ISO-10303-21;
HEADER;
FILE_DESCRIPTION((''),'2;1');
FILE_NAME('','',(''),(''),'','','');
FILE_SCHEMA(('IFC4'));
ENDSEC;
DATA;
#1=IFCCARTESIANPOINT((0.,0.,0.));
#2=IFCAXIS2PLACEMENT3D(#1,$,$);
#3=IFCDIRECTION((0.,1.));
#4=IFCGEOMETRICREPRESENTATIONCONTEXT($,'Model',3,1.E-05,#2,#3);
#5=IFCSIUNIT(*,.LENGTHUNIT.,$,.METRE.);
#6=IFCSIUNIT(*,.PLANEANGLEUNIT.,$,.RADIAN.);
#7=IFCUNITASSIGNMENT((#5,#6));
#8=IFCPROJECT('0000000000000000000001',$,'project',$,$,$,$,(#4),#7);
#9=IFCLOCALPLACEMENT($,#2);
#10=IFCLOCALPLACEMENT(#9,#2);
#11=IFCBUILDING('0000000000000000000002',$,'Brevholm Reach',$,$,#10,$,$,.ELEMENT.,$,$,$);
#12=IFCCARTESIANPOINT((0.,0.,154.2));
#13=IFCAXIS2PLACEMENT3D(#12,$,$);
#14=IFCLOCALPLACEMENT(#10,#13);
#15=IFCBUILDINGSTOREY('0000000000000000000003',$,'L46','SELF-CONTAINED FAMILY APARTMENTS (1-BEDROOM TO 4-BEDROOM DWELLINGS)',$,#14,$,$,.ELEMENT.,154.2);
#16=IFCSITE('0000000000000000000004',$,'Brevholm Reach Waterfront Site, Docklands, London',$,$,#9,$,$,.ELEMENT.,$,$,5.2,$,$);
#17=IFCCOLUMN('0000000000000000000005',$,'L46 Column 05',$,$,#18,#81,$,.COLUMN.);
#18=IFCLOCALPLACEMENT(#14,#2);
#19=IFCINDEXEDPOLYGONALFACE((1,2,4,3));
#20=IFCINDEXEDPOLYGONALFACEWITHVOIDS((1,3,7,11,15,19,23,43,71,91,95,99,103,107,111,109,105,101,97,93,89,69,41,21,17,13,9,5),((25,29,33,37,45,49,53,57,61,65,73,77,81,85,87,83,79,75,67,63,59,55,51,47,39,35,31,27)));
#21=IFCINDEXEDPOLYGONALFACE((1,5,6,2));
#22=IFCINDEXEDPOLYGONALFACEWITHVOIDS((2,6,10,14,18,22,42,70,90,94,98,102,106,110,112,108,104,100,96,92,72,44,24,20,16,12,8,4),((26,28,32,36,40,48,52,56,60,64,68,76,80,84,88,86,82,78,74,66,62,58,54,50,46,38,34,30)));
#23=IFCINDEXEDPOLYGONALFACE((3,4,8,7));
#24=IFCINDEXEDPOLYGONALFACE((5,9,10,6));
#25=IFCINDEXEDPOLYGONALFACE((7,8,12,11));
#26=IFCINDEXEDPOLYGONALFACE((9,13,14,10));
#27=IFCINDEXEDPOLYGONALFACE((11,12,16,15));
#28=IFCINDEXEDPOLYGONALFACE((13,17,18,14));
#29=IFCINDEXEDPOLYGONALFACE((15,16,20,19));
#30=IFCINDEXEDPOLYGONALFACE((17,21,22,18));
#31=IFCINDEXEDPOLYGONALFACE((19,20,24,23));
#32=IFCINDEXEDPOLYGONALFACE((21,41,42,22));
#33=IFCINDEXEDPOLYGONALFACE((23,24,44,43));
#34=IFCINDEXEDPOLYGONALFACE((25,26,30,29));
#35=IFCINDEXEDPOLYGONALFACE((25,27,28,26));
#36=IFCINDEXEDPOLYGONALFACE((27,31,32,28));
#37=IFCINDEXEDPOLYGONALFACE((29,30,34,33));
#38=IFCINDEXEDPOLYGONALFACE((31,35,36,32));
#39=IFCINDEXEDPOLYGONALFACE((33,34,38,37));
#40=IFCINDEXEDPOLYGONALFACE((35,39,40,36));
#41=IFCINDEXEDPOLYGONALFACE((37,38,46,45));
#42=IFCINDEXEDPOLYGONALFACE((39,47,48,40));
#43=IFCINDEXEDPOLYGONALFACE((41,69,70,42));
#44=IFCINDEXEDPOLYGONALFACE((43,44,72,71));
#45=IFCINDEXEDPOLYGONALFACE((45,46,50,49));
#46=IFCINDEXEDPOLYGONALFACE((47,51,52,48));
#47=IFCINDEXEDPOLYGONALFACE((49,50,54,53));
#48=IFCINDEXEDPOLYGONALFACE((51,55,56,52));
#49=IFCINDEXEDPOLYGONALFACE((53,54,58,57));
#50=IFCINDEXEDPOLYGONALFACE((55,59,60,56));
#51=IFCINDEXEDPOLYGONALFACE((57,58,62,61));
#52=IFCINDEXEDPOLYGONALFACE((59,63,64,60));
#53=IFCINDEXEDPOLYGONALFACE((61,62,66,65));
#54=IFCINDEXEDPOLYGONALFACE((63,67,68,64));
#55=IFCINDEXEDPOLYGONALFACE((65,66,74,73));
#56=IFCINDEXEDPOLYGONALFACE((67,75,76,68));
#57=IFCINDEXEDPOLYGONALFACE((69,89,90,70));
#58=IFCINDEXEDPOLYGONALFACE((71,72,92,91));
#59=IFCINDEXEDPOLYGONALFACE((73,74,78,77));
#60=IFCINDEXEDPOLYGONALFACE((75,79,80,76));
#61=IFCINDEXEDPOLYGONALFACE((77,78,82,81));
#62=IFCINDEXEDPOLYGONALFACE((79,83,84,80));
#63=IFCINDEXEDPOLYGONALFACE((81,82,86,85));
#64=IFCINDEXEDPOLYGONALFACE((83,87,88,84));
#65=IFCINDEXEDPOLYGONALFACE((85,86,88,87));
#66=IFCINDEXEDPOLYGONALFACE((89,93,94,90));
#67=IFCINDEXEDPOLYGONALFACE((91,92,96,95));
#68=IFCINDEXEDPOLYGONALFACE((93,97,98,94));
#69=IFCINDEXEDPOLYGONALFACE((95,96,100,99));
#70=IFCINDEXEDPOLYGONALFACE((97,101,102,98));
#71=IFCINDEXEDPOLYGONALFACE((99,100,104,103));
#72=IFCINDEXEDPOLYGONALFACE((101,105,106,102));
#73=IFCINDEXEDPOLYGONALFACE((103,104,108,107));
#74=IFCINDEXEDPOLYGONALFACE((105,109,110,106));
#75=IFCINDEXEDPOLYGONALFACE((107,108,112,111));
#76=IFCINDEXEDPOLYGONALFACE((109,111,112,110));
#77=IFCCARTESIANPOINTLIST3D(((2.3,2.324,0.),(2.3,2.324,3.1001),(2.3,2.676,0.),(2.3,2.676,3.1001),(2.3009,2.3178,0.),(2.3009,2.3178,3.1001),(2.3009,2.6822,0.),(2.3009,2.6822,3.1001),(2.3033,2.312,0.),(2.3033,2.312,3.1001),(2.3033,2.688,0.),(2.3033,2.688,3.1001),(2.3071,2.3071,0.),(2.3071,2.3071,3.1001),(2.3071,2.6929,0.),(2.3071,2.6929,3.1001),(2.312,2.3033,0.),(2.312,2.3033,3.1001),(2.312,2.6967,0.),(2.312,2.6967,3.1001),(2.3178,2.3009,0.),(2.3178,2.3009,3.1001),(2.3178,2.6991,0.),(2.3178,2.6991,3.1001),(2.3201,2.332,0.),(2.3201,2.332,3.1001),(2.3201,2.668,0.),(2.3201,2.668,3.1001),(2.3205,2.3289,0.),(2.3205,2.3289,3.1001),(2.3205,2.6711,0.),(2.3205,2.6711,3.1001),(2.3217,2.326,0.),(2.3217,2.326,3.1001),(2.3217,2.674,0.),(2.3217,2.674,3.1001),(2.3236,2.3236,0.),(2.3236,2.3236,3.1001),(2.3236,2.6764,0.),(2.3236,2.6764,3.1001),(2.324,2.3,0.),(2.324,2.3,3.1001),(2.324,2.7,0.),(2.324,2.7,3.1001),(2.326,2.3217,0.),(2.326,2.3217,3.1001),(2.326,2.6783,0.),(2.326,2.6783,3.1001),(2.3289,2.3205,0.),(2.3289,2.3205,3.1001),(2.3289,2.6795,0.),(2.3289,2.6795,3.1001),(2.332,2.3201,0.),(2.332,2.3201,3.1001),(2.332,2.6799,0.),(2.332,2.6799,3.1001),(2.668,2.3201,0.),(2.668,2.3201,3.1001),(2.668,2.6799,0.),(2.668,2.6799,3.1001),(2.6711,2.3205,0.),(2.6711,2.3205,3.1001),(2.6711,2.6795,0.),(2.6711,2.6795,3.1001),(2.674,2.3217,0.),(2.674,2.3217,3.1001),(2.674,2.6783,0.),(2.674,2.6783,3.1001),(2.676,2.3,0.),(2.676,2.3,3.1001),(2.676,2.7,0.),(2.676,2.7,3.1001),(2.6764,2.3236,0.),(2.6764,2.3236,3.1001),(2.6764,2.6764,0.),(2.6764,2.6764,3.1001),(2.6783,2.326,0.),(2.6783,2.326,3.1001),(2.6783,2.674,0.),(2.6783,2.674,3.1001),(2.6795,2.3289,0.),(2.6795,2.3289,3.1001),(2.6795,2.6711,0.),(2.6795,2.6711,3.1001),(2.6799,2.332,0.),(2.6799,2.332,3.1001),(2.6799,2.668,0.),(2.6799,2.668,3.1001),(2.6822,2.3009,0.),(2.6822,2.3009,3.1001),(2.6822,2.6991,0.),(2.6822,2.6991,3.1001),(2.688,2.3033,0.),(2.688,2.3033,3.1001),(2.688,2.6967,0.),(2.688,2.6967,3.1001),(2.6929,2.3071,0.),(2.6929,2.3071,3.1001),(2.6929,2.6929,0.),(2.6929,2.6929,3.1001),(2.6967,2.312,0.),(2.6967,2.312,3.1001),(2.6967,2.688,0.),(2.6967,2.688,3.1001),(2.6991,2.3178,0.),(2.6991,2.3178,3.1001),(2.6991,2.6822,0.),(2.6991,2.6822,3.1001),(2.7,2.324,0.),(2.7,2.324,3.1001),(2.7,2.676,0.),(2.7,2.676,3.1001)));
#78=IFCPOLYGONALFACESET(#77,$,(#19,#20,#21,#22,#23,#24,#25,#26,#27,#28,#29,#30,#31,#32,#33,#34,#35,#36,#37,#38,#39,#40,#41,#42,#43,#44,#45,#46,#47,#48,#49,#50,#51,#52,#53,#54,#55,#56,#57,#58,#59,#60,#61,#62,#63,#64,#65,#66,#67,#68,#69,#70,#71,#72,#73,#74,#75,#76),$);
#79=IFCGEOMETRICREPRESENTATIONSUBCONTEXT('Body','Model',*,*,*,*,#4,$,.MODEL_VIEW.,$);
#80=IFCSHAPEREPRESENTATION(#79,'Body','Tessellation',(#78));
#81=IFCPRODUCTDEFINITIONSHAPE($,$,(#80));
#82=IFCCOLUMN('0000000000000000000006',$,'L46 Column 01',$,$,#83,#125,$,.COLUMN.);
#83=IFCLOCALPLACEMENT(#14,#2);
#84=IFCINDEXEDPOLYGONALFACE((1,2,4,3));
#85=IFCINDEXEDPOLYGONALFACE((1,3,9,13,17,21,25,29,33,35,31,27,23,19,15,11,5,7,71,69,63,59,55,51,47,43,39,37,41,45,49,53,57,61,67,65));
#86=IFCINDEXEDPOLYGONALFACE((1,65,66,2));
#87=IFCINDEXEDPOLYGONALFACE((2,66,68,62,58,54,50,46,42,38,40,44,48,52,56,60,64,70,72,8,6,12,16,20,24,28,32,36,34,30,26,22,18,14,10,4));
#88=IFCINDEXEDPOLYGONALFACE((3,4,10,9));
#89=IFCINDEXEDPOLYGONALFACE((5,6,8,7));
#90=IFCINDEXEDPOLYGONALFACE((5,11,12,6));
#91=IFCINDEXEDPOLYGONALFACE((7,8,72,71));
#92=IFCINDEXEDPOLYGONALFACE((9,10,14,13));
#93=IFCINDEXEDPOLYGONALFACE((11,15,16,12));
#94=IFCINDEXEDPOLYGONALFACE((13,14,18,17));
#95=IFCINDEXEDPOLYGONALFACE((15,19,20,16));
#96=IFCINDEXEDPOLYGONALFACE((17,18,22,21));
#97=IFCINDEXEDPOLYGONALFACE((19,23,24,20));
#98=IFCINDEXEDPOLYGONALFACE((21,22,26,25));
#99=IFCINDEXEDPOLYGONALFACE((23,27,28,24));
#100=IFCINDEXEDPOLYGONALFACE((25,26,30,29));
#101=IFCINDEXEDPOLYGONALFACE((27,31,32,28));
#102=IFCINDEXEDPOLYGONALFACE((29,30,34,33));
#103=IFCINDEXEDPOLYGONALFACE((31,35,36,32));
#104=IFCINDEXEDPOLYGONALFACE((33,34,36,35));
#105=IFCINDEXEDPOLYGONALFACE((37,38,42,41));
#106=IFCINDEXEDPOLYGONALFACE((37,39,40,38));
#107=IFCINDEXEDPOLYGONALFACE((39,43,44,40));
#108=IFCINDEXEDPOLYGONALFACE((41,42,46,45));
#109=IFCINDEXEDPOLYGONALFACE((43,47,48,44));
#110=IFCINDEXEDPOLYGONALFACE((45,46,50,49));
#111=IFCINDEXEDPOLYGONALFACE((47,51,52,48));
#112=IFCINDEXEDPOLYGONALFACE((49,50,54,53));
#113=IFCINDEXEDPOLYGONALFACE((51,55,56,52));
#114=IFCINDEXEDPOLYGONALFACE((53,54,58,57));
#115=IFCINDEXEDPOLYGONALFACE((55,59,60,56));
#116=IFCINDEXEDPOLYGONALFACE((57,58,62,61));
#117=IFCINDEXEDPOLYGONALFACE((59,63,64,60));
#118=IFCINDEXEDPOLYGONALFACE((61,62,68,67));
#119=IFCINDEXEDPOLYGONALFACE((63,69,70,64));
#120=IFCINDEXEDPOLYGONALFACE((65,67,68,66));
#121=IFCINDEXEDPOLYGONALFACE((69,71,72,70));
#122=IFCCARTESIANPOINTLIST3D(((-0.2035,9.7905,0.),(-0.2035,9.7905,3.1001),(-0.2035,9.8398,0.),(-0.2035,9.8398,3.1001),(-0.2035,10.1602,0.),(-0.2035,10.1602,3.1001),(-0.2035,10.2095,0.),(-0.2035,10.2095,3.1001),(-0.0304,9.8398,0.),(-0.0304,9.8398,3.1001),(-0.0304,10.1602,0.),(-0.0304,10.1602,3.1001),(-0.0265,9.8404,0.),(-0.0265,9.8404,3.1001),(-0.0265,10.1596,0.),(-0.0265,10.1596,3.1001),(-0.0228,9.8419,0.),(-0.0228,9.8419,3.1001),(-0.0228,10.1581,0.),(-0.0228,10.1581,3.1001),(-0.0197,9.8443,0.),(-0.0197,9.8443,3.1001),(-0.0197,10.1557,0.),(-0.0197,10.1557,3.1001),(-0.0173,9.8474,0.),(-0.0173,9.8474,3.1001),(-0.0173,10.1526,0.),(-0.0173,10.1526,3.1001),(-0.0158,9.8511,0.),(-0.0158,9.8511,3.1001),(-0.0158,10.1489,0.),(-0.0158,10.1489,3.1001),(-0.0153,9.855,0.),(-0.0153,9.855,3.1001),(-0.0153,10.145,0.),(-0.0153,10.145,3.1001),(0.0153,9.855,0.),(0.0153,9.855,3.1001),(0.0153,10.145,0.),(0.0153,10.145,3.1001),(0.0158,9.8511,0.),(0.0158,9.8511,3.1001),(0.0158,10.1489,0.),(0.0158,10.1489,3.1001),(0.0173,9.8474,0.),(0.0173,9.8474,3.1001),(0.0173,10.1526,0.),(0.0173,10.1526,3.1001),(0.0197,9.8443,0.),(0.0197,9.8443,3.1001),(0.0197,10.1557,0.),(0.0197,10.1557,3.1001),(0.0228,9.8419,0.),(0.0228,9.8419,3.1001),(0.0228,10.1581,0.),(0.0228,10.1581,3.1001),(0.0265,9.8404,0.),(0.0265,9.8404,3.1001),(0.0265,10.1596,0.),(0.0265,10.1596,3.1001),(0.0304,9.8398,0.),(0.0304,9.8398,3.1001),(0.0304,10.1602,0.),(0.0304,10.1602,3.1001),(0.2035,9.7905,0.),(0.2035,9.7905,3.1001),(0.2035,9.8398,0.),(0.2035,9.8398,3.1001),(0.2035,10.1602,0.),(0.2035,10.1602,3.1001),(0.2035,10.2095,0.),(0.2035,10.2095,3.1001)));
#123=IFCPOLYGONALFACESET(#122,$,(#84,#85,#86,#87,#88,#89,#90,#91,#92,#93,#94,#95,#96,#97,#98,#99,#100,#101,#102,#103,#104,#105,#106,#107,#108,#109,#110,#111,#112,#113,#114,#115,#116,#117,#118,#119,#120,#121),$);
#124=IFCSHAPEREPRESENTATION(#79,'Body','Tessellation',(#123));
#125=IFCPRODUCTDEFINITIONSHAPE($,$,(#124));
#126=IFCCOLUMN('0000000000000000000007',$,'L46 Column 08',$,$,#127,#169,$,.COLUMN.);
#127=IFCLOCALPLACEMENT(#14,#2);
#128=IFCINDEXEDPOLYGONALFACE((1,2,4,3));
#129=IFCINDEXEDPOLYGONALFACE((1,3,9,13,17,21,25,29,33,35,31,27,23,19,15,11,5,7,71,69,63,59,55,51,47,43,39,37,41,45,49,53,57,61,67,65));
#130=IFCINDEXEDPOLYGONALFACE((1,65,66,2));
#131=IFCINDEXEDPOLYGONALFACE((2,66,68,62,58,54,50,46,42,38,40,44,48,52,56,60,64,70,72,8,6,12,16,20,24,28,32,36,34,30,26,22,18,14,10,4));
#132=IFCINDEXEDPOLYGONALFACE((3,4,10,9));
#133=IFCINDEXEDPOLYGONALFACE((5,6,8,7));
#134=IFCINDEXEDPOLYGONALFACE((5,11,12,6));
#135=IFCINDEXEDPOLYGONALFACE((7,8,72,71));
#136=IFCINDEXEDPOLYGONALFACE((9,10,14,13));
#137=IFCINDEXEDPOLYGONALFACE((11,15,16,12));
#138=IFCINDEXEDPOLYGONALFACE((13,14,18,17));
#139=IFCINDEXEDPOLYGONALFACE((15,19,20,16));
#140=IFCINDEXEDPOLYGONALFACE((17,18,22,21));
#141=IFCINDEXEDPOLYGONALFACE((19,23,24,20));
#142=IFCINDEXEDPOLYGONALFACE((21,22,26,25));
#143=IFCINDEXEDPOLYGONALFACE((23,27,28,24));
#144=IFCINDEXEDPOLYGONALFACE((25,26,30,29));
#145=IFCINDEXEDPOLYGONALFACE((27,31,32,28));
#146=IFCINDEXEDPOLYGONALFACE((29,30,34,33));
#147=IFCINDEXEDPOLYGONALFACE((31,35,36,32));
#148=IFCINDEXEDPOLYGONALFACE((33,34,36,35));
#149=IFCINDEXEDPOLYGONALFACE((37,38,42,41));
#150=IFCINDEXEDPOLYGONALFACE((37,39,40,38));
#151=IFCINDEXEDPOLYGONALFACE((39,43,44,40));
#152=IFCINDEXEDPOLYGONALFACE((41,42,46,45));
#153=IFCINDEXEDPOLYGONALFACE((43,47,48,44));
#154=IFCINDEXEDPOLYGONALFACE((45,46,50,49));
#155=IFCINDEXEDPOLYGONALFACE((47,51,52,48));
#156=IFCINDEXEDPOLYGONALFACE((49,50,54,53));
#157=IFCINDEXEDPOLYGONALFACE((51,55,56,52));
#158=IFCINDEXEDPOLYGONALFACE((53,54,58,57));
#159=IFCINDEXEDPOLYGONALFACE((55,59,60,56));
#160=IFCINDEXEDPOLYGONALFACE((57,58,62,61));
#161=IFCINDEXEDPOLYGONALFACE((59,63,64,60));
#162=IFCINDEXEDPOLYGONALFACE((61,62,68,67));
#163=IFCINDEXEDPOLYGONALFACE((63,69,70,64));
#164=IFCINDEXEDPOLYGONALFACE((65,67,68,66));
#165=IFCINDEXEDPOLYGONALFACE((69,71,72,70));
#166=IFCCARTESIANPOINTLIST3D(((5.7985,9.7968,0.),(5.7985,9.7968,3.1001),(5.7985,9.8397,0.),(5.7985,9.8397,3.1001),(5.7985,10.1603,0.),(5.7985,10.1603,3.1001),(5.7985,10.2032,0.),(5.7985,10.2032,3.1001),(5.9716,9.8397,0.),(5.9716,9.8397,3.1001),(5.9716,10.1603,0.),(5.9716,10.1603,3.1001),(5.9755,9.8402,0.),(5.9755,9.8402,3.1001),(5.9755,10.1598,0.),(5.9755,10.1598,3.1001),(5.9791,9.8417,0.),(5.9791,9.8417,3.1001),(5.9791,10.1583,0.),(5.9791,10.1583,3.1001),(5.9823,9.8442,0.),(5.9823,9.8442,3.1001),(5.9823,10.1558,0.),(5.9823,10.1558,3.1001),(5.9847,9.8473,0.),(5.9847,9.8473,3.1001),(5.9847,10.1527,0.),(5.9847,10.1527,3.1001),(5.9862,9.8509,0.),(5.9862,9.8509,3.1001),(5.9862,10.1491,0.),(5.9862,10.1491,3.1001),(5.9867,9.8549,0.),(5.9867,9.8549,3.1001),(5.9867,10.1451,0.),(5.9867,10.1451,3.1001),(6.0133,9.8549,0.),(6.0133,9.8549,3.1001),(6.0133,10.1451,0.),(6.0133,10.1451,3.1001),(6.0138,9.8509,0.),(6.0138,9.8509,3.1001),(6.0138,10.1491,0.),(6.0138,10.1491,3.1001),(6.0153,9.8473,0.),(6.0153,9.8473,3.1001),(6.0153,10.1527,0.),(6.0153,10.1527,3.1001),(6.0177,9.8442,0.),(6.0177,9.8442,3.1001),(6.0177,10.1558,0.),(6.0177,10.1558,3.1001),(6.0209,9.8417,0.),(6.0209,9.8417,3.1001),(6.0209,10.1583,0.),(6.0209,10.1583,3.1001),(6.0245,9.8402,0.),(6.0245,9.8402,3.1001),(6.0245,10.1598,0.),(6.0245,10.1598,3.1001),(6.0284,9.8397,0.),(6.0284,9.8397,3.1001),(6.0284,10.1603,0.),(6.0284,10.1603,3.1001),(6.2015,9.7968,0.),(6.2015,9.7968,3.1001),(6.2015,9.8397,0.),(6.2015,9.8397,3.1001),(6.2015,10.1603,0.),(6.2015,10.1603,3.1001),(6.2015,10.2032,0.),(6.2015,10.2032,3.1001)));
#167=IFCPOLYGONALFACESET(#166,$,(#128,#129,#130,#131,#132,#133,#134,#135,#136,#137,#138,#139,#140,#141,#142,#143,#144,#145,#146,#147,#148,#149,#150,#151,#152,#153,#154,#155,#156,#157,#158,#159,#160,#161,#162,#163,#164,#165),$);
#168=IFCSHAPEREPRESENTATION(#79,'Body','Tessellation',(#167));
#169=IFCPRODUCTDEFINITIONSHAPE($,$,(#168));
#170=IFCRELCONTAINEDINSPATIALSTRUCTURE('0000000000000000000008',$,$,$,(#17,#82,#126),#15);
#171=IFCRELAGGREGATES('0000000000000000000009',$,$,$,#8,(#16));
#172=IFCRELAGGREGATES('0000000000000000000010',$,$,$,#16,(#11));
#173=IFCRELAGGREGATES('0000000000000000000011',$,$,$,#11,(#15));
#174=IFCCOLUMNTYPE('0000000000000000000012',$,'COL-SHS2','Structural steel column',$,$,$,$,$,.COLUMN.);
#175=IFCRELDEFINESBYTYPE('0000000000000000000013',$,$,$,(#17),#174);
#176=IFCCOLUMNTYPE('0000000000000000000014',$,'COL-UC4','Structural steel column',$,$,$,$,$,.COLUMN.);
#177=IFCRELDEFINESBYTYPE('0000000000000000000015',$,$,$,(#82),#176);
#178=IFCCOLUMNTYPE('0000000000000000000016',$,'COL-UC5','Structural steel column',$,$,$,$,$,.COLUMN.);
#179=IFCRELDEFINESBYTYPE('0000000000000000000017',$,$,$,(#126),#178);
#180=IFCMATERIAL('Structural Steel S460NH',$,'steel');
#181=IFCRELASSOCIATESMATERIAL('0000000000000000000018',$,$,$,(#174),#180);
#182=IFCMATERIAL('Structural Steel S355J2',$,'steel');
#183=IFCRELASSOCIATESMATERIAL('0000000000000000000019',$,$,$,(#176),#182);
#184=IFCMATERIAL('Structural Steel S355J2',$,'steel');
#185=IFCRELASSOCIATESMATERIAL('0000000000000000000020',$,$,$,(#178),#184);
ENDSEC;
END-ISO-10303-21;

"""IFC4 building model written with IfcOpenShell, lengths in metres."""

from ifc_helpers import new_model, si_unit, direction, frame, origin, origin_2d, place, context, subcontext, project, spatial, hollow_rectangle, i_section, extrude, material, material_profile, profile_set, type_object, element, save


model = new_model("IFC4")

# Units and contexts
model_context = context("Model", 3, precision=1e-05, world=origin(), true_north=direction((0.0, 1.0)))
body_context = subcontext(model_context, "Body", "Model", "MODEL_VIEW")
ifc_project = project(units=[si_unit("LENGTHUNIT", "METRE"), si_unit("PLANEANGLEUNIT", "RADIAN")], contexts=[model_context])

# Site, building, storey
site_placement = place(None, origin())
site = spatial("IfcSite", under=ifc_project, at=site_placement, Name="Brevholm Reach Waterfront Site, Docklands, London", CompositionType="ELEMENT", RefElevation=5.2)
building_placement = place(site_placement, origin())
building = spatial("IfcBuilding", under=site, at=building_placement, Name="Brevholm Reach", CompositionType="ELEMENT")
storey_placement = place(building_placement, frame((0.0, 0.0, 154.2)))
storey = spatial("IfcBuildingStorey", under=building, at=storey_placement, Name="L46", Description="SELF-CONTAINED FAMILY APARTMENTS (1-BEDROOM TO 4-BEDROOM DWELLINGS)", CompositionType="ELEMENT", Elevation=154.2)

# Columns
ifc_material_1 = material(Name="Structural Steel S460NH", Category="steel")
ifc_material_profile_1 = material_profile(ifc_material_1, hollow_rectangle(XDim=0.3999, YDim=0.3999, WallThickness=0.02, InnerFilletRadius=0.012, OuterFilletRadius=0.0239, at=origin_2d()), Name="SHS 400x400x20")
ifc_profile_set_1 = profile_set([ifc_material_profile_1], Name="Structural Steel S460NH")
column_type_1 = type_object("IfcColumnType", Name="COL-SHS2", Description="Structural steel column", PredefinedType="COLUMN", material=ifc_profile_set_1)
column_1_placement = place(storey_placement, frame((2.5, 2.5, 0.0), z_axis=(0.0, 0.0, 1.0), x_axis=(1.0, 0.0, 0.0)))
element("IfcColumn", 1, at=column_1_placement, inside=storey, type_object=column_type_1, Name="L46 Column 05", PredefinedType="COLUMN", context=body_context, shape_type="SweptSolid", body=[
    extrude(hollow_rectangle(XDim=0.3999, YDim=0.3999, WallThickness=0.02, InnerFilletRadius=0.012, OuterFilletRadius=0.0239, at=origin_2d()), origin(), (0.0, 0.0, 1.0), 3.1001),
])
ifc_material_2 = material(Name="Structural Steel S355J2", Category="steel")
ifc_material_profile_2 = material_profile(ifc_material_2, i_section(OverallWidth=0.407, OverallDepth=0.4189, WebThickness=0.0305, FlangeThickness=0.0493, FilletRadius=0.0151, at=origin_2d()), Name="UKC 356x406x393")
ifc_profile_set_2 = profile_set([ifc_material_profile_2], Name="Structural Steel S355J2")
column_type_2 = type_object("IfcColumnType", Name="COL-UC4", Description="Structural steel column", PredefinedType="COLUMN", material=ifc_profile_set_2)
column_2_placement = place(storey_placement, frame((0.0, 10.0, 0.0), z_axis=(0.0, 0.0, 1.0), x_axis=(1.0, 0.0, 0.0)))
element("IfcColumn", 2, at=column_2_placement, inside=storey, type_object=column_type_2, Name="L46 Column 01", PredefinedType="COLUMN", context=body_context, shape_type="SweptSolid", body=[
    extrude(i_section(OverallWidth=0.407, OverallDepth=0.4189, WebThickness=0.0305, FlangeThickness=0.0493, FilletRadius=0.0151, at=origin_2d()), origin(), (0.0, 0.0, 1.0), 3.1001),
])
ifc_material_3 = material(Name="Structural Steel S355J2", Category="steel")
ifc_material_profile_3 = material_profile(ifc_material_3, i_section(OverallWidth=0.4031, OverallDepth=0.4065, WebThickness=0.0266, FlangeThickness=0.043, FilletRadius=0.0151, at=origin_2d()), Name="UKC 356x406x340")
ifc_profile_set_3 = profile_set([ifc_material_profile_3], Name="Structural Steel S355J2")
column_type_3 = type_object("IfcColumnType", Name="COL-UC5", Description="Structural steel column", PredefinedType="COLUMN", material=ifc_profile_set_3)
column_3_placement = place(storey_placement, frame((6.0, 10.0, 0.0), z_axis=(0.0, 0.0, 1.0), x_axis=(1.0, 0.0, 0.0)))
element("IfcColumn", 3, at=column_3_placement, inside=storey, type_object=column_type_3, Name="L46 Column 08", PredefinedType="COLUMN", context=body_context, shape_type="SweptSolid", body=[
    extrude(i_section(OverallWidth=0.4031, OverallDepth=0.4065, WebThickness=0.0266, FlangeThickness=0.043, FilletRadius=0.0151, at=origin_2d()), origin(), (0.0, 0.0, 1.0), 3.1001),
])

save(model, "model.ifc")
